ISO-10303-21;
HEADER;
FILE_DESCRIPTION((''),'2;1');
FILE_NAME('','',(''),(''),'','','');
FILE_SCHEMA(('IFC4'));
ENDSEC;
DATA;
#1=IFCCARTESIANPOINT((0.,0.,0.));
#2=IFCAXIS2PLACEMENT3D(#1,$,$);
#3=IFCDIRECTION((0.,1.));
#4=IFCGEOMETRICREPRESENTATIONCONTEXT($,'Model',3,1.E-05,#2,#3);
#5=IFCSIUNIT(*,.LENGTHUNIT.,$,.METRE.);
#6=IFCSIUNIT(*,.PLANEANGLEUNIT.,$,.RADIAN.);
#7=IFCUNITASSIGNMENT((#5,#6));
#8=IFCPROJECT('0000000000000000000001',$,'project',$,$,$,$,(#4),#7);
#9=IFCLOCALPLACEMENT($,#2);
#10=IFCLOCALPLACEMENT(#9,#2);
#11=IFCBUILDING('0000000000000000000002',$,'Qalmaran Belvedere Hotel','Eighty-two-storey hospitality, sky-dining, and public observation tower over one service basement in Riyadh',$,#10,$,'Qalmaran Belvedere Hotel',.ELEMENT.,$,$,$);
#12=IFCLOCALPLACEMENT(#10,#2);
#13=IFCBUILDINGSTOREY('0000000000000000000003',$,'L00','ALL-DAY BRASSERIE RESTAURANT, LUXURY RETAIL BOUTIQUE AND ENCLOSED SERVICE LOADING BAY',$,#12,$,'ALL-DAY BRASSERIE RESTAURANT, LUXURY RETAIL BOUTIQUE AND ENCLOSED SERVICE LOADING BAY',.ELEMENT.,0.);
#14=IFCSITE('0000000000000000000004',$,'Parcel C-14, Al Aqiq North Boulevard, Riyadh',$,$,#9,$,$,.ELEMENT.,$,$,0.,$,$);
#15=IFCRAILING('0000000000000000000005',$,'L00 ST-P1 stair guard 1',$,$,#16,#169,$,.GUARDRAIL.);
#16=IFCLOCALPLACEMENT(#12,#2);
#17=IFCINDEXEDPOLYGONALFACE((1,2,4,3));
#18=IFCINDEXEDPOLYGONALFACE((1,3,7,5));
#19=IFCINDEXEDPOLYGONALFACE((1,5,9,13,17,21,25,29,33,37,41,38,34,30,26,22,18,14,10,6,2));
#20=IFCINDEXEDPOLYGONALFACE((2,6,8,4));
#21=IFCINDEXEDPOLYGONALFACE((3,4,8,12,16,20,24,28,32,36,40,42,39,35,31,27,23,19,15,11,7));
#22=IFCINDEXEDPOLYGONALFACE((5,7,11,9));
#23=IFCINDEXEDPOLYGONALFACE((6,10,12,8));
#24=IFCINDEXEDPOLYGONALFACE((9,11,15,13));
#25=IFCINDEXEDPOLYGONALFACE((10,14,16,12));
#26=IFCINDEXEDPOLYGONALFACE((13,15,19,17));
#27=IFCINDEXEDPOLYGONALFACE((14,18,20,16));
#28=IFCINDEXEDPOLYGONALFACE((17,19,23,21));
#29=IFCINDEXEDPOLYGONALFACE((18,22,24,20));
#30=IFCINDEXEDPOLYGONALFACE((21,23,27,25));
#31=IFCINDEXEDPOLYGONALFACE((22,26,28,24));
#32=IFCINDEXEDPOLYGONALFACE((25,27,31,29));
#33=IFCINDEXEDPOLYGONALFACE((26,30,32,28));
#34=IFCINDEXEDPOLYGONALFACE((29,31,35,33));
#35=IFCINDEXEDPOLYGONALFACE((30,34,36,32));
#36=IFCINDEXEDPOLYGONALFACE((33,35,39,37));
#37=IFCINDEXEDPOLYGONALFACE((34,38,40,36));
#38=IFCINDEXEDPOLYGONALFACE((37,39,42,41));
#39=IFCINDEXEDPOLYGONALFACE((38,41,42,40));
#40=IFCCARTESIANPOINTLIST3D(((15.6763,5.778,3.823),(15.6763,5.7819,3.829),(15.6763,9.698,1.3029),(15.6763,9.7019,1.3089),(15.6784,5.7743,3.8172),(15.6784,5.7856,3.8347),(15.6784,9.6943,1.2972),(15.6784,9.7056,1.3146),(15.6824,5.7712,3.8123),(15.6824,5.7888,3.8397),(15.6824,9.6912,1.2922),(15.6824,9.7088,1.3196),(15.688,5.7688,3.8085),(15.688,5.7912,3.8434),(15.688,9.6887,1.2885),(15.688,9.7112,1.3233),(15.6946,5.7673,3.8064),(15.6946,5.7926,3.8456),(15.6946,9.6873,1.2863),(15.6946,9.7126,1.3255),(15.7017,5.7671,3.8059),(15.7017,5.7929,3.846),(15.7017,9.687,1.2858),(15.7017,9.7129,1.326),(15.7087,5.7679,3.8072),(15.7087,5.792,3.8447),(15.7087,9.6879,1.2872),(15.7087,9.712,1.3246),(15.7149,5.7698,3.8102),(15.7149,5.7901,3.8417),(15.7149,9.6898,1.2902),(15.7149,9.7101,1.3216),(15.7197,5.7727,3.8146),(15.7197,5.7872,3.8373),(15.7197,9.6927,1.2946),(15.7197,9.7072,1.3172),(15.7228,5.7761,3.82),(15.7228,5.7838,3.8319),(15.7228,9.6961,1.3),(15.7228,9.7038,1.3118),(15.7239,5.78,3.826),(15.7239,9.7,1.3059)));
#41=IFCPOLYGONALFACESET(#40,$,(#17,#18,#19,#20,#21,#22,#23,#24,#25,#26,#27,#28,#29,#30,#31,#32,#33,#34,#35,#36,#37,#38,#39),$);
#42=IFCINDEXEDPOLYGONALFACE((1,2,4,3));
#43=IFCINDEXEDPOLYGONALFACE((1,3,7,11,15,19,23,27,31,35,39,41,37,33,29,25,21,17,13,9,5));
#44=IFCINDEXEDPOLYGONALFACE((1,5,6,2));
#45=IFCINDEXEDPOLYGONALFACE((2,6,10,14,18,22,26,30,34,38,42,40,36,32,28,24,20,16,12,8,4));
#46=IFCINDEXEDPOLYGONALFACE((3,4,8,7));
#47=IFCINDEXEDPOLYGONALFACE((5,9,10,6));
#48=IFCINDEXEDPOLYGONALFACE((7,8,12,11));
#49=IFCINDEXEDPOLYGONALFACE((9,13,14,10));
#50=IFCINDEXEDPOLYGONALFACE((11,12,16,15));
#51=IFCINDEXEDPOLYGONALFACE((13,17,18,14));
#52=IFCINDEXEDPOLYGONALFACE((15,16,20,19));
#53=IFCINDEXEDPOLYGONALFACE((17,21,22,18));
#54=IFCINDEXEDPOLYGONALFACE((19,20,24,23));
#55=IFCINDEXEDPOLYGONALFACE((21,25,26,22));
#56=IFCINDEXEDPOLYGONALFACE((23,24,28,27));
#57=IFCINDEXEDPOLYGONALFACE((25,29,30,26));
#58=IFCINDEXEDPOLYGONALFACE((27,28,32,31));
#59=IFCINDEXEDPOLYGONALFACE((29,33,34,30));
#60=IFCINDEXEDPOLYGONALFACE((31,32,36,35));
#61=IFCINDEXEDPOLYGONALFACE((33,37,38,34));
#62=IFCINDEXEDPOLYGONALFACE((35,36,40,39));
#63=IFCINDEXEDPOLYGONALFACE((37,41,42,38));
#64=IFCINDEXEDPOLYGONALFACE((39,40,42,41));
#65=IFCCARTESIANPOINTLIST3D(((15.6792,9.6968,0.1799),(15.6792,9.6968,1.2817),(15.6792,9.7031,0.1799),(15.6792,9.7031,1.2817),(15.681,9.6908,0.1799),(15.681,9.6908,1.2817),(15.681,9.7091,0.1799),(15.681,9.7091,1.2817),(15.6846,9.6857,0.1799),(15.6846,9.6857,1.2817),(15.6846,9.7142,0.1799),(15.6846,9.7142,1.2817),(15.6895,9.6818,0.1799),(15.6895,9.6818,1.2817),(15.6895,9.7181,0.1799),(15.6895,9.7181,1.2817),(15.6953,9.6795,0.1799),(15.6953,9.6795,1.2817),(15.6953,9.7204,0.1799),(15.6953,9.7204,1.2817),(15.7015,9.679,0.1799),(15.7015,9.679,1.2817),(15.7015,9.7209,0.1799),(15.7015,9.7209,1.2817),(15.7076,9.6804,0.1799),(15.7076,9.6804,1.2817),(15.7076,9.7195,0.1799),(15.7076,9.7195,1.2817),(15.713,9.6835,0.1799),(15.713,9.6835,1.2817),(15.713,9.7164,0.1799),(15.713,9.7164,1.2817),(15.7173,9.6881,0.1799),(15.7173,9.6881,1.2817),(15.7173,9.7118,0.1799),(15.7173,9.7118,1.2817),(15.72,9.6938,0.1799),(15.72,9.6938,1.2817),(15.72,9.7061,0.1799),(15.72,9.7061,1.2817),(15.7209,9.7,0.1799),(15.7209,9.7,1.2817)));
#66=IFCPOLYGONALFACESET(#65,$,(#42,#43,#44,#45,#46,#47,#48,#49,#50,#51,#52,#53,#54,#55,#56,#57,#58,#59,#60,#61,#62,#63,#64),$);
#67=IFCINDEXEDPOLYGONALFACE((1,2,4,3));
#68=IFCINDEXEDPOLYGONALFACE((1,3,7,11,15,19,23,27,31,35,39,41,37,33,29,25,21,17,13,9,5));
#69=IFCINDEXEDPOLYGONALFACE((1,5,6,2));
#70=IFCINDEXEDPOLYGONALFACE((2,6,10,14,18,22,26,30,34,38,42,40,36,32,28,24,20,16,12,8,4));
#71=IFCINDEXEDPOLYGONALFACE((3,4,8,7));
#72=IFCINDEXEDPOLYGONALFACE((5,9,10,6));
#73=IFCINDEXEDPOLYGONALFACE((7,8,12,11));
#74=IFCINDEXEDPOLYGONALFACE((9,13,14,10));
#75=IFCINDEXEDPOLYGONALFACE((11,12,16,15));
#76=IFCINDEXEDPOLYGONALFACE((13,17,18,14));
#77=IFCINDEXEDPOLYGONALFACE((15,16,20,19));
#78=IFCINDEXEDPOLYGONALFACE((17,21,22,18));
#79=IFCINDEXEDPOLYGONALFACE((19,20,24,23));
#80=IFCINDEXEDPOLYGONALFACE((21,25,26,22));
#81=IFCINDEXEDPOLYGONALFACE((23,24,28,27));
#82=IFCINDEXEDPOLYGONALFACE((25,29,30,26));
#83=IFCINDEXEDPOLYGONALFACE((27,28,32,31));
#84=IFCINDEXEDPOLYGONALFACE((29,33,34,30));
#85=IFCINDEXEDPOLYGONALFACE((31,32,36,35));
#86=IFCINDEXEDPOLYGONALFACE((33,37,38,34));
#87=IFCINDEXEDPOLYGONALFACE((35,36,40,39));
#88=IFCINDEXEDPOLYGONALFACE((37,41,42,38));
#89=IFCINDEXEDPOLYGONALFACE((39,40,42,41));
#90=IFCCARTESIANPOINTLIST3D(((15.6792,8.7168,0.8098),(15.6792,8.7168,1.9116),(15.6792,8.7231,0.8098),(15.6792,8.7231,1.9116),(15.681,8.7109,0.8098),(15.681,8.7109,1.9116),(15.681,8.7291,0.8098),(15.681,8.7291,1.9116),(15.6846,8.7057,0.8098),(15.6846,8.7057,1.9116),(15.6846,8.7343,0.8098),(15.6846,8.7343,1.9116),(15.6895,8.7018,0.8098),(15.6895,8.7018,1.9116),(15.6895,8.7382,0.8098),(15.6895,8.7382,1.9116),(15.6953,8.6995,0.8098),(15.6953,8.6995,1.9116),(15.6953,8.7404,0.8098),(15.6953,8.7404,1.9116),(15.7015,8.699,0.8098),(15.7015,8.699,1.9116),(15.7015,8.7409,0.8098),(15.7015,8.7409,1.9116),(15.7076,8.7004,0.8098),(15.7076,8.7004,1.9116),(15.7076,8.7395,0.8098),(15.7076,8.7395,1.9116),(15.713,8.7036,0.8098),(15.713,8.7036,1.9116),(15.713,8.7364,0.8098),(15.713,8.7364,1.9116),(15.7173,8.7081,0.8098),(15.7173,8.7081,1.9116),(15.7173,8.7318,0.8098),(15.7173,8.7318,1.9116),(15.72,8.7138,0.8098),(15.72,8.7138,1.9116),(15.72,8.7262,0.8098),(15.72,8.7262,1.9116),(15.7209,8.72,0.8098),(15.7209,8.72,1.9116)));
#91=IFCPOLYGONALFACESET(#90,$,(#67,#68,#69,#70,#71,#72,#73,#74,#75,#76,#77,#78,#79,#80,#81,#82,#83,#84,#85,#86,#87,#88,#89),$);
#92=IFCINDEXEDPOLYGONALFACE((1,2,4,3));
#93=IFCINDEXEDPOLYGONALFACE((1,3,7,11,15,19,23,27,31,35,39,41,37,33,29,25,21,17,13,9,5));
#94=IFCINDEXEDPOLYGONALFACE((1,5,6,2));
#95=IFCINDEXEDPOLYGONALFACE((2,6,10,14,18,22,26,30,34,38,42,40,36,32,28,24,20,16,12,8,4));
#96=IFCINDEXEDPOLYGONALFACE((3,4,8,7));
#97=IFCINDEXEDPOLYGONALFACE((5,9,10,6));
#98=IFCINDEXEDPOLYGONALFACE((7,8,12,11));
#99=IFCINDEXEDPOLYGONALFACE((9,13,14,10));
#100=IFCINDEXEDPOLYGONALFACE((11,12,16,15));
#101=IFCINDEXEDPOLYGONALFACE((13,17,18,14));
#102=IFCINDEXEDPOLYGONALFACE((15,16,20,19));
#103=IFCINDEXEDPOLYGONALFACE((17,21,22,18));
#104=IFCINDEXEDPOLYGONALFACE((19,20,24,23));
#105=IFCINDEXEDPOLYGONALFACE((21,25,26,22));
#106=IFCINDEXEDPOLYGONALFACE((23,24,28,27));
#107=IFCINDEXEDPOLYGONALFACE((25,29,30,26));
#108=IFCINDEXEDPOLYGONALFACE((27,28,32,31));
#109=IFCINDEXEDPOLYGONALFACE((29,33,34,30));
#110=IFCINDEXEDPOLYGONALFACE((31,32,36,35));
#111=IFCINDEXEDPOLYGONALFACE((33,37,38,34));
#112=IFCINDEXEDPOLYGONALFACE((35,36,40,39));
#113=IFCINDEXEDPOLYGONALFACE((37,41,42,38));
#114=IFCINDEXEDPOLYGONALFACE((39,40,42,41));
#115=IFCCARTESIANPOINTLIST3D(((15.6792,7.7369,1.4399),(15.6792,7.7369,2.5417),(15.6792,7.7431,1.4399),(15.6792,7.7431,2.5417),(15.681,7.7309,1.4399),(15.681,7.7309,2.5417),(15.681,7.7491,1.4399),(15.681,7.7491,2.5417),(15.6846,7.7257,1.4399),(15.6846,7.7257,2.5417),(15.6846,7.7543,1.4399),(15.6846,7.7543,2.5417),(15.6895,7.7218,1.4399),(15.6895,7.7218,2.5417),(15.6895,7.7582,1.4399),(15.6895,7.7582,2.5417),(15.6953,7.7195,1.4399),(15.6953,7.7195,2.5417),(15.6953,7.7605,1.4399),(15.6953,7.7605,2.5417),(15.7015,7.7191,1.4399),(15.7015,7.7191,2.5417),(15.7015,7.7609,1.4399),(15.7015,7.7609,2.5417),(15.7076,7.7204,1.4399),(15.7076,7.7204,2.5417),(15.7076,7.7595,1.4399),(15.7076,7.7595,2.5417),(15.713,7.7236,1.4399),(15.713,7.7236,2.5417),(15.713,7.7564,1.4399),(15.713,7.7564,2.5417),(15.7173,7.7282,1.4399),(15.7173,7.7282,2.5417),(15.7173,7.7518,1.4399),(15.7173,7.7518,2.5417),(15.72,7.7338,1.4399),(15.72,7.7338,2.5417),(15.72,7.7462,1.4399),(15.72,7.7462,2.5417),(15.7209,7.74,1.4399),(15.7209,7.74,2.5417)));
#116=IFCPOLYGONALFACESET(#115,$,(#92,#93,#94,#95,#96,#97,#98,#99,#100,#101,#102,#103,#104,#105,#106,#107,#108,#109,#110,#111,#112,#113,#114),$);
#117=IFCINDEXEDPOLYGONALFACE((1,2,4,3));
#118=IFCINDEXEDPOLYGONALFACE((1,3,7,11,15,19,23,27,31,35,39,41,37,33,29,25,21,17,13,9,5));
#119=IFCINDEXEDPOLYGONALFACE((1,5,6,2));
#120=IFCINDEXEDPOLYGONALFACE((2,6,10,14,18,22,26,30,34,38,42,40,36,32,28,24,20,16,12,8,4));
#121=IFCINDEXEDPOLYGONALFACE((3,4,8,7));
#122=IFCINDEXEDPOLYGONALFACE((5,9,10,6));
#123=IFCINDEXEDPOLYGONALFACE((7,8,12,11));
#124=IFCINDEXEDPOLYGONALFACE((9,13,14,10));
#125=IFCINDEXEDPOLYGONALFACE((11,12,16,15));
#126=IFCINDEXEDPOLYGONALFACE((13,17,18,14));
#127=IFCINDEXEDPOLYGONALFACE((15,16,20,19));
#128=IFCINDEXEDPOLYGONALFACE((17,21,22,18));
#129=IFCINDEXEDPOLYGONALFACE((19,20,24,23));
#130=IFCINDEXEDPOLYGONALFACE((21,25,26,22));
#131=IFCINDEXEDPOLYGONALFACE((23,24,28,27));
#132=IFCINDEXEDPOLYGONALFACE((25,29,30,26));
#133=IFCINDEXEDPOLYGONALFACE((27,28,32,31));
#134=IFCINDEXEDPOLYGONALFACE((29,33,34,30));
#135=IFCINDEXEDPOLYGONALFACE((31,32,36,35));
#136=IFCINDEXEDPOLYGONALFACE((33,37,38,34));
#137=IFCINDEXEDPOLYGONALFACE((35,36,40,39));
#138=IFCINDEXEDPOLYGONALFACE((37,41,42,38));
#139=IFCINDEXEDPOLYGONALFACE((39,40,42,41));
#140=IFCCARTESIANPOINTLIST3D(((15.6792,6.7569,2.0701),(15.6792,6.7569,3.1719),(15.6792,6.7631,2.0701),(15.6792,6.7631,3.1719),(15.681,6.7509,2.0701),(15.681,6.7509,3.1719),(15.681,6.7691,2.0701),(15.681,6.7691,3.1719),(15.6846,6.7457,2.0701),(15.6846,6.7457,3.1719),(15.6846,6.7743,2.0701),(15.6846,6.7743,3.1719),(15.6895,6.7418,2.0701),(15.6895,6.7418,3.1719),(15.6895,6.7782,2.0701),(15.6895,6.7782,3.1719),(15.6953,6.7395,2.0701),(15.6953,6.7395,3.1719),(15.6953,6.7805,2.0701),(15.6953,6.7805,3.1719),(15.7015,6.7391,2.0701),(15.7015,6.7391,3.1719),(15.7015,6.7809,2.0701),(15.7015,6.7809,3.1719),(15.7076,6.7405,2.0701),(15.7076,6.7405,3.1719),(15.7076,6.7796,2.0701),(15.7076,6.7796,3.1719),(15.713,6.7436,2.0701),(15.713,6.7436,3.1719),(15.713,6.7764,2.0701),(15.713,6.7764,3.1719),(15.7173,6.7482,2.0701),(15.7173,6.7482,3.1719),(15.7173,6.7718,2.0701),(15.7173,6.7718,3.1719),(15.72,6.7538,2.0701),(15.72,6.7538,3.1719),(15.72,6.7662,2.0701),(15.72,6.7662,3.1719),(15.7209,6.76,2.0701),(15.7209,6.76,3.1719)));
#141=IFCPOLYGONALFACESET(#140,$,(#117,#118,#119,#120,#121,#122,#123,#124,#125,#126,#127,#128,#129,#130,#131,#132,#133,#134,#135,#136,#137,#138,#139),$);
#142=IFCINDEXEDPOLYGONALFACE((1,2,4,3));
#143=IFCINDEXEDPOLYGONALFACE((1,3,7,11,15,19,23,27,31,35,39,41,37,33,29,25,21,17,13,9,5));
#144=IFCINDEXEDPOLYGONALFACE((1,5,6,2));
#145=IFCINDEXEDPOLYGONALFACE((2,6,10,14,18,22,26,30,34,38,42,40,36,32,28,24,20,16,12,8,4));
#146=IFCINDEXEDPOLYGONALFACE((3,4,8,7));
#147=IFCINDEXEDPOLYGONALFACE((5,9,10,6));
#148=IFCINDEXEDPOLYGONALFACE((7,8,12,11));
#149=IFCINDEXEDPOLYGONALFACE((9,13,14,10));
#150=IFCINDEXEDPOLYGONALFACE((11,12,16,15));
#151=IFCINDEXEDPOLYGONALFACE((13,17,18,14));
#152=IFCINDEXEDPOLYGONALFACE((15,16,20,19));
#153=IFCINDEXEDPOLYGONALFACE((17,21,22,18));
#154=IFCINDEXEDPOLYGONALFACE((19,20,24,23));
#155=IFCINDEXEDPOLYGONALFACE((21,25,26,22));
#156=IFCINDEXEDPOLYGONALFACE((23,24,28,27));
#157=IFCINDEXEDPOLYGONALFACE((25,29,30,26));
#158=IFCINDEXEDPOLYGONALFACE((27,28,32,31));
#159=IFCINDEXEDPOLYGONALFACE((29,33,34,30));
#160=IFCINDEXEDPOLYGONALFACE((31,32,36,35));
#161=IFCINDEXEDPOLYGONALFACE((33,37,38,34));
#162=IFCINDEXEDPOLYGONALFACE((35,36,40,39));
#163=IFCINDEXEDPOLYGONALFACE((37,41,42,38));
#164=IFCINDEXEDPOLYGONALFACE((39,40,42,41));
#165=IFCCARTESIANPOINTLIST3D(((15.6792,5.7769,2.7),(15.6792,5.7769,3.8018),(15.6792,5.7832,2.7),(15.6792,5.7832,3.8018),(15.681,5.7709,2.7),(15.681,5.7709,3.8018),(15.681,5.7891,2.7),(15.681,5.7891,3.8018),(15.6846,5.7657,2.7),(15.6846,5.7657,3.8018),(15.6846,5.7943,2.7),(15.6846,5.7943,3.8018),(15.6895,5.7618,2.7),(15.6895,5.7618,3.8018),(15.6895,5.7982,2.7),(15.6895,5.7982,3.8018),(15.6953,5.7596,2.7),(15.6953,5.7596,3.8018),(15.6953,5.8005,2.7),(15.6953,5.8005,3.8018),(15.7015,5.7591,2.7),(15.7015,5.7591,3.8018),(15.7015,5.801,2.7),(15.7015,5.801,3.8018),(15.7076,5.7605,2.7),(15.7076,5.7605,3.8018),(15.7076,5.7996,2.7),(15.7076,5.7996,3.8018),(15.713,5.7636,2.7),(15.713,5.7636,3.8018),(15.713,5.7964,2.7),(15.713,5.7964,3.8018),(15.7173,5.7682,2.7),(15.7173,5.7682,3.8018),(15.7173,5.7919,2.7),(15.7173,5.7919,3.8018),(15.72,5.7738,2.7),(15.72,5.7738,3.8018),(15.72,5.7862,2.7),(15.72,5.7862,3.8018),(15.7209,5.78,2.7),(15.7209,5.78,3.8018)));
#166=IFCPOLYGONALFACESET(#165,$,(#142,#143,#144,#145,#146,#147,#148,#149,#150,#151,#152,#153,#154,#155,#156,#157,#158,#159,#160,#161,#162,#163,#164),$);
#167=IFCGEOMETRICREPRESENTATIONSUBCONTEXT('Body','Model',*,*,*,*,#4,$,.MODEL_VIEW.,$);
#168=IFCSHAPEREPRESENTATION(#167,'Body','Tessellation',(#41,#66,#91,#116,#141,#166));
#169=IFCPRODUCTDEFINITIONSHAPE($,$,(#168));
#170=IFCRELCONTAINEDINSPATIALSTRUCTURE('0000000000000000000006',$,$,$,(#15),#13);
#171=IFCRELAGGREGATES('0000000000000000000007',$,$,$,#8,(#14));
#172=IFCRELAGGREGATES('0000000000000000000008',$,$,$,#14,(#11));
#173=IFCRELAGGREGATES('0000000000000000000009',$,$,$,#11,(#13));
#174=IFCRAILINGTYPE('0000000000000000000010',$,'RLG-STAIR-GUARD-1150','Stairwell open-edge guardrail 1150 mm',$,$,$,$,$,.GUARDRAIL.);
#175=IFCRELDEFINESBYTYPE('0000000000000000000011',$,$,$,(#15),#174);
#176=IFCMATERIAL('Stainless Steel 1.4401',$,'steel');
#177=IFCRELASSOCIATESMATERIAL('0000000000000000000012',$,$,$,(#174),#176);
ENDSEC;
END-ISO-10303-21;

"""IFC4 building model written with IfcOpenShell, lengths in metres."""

from ifc_helpers import new_model, si_unit, direction, frame, origin, origin_2d, place, context, subcontext, project, spatial, circle, extrude, material, type_object, element, save


model = new_model("IFC4")

# Units and contexts
model_context = context("Model", 3, precision=1e-05, world=origin(), true_north=direction((0.0, 1.0)))
body_context = subcontext(model_context, "Body", "Model", "MODEL_VIEW")
ifc_project = project(units=[si_unit("LENGTHUNIT", "METRE"), si_unit("PLANEANGLEUNIT", "RADIAN")], contexts=[model_context])

# Site, building, storey
site_placement = place(None, origin())
site = spatial("IfcSite", under=ifc_project, at=site_placement, Name="Parcel C-14, Al Aqiq North Boulevard, Riyadh", CompositionType="ELEMENT", RefElevation=0.0)
building_placement = place(site_placement, origin())
building = spatial("IfcBuilding", under=site, at=building_placement, Name="Qalmaran Belvedere Hotel", Description="Eighty-two-storey hospitality, sky-dining, and public observation tower over one service basement in Riyadh", LongName="Qalmaran Belvedere Hotel", CompositionType="ELEMENT")
storey_placement = place(building_placement, origin())
storey = spatial("IfcBuildingStorey", under=building, at=storey_placement, Name="L00", Description="ALL-DAY BRASSERIE RESTAURANT, LUXURY RETAIL BOUTIQUE AND ENCLOSED SERVICE LOADING BAY", LongName="ALL-DAY BRASSERIE RESTAURANT, LUXURY RETAIL BOUTIQUE AND ENCLOSED SERVICE LOADING BAY", CompositionType="ELEMENT", Elevation=0.0)

# Railing
ifc_material_1 = material(Name="Stainless Steel 1.4401", Category="steel")
railing_type_1 = type_object("IfcRailingType", Name="RLG-STAIR-GUARD-1150", Description="Stairwell open-edge guardrail 1150 mm", PredefinedType="GUARDRAIL", material=ifc_material_1)
railing_1_placement = place(storey_placement, frame((15.7, 9.7, 0.1799)))
element("IfcRailing", 1, at=railing_1_placement, inside=storey, type_object=railing_type_1, Name="L00 ST-P1 stair guard 1", PredefinedType="GUARDRAIL", context=body_context, shape_type="SweptSolid", body=[
    extrude(circle(Radius=0.0239, at=origin_2d()), frame((0.0, 0.0, 1.126), z_axis=(0.0, -0.841172, 0.540768), x_axis=(1.0, 0.0, 0.0)), (0.0, 0.0, 1.0), 4.6602),
    extrude(circle(Radius=0.021, at=origin_2d()), origin(), (0.0, 0.0, 1.0), 1.1018),
    extrude(circle(Radius=0.021, at=origin_2d()), frame((0.0, -0.98, 0.6299)), (0.0, 0.0, 1.0), 1.1018),
    extrude(circle(Radius=0.021, at=origin_2d()), frame((0.0, -1.96, 1.26)), (0.0, 0.0, 1.0), 1.1018),
    extrude(circle(Radius=0.021, at=origin_2d()), frame((0.0, -2.9399, 1.8901)), (0.0, 0.0, 1.0), 1.1018),
    extrude(circle(Radius=0.021, at=origin_2d()), frame((0.0, -3.9199, 2.52)), (0.0, 0.0, 1.0), 1.1018),
])

save(model, "model.ifc")
